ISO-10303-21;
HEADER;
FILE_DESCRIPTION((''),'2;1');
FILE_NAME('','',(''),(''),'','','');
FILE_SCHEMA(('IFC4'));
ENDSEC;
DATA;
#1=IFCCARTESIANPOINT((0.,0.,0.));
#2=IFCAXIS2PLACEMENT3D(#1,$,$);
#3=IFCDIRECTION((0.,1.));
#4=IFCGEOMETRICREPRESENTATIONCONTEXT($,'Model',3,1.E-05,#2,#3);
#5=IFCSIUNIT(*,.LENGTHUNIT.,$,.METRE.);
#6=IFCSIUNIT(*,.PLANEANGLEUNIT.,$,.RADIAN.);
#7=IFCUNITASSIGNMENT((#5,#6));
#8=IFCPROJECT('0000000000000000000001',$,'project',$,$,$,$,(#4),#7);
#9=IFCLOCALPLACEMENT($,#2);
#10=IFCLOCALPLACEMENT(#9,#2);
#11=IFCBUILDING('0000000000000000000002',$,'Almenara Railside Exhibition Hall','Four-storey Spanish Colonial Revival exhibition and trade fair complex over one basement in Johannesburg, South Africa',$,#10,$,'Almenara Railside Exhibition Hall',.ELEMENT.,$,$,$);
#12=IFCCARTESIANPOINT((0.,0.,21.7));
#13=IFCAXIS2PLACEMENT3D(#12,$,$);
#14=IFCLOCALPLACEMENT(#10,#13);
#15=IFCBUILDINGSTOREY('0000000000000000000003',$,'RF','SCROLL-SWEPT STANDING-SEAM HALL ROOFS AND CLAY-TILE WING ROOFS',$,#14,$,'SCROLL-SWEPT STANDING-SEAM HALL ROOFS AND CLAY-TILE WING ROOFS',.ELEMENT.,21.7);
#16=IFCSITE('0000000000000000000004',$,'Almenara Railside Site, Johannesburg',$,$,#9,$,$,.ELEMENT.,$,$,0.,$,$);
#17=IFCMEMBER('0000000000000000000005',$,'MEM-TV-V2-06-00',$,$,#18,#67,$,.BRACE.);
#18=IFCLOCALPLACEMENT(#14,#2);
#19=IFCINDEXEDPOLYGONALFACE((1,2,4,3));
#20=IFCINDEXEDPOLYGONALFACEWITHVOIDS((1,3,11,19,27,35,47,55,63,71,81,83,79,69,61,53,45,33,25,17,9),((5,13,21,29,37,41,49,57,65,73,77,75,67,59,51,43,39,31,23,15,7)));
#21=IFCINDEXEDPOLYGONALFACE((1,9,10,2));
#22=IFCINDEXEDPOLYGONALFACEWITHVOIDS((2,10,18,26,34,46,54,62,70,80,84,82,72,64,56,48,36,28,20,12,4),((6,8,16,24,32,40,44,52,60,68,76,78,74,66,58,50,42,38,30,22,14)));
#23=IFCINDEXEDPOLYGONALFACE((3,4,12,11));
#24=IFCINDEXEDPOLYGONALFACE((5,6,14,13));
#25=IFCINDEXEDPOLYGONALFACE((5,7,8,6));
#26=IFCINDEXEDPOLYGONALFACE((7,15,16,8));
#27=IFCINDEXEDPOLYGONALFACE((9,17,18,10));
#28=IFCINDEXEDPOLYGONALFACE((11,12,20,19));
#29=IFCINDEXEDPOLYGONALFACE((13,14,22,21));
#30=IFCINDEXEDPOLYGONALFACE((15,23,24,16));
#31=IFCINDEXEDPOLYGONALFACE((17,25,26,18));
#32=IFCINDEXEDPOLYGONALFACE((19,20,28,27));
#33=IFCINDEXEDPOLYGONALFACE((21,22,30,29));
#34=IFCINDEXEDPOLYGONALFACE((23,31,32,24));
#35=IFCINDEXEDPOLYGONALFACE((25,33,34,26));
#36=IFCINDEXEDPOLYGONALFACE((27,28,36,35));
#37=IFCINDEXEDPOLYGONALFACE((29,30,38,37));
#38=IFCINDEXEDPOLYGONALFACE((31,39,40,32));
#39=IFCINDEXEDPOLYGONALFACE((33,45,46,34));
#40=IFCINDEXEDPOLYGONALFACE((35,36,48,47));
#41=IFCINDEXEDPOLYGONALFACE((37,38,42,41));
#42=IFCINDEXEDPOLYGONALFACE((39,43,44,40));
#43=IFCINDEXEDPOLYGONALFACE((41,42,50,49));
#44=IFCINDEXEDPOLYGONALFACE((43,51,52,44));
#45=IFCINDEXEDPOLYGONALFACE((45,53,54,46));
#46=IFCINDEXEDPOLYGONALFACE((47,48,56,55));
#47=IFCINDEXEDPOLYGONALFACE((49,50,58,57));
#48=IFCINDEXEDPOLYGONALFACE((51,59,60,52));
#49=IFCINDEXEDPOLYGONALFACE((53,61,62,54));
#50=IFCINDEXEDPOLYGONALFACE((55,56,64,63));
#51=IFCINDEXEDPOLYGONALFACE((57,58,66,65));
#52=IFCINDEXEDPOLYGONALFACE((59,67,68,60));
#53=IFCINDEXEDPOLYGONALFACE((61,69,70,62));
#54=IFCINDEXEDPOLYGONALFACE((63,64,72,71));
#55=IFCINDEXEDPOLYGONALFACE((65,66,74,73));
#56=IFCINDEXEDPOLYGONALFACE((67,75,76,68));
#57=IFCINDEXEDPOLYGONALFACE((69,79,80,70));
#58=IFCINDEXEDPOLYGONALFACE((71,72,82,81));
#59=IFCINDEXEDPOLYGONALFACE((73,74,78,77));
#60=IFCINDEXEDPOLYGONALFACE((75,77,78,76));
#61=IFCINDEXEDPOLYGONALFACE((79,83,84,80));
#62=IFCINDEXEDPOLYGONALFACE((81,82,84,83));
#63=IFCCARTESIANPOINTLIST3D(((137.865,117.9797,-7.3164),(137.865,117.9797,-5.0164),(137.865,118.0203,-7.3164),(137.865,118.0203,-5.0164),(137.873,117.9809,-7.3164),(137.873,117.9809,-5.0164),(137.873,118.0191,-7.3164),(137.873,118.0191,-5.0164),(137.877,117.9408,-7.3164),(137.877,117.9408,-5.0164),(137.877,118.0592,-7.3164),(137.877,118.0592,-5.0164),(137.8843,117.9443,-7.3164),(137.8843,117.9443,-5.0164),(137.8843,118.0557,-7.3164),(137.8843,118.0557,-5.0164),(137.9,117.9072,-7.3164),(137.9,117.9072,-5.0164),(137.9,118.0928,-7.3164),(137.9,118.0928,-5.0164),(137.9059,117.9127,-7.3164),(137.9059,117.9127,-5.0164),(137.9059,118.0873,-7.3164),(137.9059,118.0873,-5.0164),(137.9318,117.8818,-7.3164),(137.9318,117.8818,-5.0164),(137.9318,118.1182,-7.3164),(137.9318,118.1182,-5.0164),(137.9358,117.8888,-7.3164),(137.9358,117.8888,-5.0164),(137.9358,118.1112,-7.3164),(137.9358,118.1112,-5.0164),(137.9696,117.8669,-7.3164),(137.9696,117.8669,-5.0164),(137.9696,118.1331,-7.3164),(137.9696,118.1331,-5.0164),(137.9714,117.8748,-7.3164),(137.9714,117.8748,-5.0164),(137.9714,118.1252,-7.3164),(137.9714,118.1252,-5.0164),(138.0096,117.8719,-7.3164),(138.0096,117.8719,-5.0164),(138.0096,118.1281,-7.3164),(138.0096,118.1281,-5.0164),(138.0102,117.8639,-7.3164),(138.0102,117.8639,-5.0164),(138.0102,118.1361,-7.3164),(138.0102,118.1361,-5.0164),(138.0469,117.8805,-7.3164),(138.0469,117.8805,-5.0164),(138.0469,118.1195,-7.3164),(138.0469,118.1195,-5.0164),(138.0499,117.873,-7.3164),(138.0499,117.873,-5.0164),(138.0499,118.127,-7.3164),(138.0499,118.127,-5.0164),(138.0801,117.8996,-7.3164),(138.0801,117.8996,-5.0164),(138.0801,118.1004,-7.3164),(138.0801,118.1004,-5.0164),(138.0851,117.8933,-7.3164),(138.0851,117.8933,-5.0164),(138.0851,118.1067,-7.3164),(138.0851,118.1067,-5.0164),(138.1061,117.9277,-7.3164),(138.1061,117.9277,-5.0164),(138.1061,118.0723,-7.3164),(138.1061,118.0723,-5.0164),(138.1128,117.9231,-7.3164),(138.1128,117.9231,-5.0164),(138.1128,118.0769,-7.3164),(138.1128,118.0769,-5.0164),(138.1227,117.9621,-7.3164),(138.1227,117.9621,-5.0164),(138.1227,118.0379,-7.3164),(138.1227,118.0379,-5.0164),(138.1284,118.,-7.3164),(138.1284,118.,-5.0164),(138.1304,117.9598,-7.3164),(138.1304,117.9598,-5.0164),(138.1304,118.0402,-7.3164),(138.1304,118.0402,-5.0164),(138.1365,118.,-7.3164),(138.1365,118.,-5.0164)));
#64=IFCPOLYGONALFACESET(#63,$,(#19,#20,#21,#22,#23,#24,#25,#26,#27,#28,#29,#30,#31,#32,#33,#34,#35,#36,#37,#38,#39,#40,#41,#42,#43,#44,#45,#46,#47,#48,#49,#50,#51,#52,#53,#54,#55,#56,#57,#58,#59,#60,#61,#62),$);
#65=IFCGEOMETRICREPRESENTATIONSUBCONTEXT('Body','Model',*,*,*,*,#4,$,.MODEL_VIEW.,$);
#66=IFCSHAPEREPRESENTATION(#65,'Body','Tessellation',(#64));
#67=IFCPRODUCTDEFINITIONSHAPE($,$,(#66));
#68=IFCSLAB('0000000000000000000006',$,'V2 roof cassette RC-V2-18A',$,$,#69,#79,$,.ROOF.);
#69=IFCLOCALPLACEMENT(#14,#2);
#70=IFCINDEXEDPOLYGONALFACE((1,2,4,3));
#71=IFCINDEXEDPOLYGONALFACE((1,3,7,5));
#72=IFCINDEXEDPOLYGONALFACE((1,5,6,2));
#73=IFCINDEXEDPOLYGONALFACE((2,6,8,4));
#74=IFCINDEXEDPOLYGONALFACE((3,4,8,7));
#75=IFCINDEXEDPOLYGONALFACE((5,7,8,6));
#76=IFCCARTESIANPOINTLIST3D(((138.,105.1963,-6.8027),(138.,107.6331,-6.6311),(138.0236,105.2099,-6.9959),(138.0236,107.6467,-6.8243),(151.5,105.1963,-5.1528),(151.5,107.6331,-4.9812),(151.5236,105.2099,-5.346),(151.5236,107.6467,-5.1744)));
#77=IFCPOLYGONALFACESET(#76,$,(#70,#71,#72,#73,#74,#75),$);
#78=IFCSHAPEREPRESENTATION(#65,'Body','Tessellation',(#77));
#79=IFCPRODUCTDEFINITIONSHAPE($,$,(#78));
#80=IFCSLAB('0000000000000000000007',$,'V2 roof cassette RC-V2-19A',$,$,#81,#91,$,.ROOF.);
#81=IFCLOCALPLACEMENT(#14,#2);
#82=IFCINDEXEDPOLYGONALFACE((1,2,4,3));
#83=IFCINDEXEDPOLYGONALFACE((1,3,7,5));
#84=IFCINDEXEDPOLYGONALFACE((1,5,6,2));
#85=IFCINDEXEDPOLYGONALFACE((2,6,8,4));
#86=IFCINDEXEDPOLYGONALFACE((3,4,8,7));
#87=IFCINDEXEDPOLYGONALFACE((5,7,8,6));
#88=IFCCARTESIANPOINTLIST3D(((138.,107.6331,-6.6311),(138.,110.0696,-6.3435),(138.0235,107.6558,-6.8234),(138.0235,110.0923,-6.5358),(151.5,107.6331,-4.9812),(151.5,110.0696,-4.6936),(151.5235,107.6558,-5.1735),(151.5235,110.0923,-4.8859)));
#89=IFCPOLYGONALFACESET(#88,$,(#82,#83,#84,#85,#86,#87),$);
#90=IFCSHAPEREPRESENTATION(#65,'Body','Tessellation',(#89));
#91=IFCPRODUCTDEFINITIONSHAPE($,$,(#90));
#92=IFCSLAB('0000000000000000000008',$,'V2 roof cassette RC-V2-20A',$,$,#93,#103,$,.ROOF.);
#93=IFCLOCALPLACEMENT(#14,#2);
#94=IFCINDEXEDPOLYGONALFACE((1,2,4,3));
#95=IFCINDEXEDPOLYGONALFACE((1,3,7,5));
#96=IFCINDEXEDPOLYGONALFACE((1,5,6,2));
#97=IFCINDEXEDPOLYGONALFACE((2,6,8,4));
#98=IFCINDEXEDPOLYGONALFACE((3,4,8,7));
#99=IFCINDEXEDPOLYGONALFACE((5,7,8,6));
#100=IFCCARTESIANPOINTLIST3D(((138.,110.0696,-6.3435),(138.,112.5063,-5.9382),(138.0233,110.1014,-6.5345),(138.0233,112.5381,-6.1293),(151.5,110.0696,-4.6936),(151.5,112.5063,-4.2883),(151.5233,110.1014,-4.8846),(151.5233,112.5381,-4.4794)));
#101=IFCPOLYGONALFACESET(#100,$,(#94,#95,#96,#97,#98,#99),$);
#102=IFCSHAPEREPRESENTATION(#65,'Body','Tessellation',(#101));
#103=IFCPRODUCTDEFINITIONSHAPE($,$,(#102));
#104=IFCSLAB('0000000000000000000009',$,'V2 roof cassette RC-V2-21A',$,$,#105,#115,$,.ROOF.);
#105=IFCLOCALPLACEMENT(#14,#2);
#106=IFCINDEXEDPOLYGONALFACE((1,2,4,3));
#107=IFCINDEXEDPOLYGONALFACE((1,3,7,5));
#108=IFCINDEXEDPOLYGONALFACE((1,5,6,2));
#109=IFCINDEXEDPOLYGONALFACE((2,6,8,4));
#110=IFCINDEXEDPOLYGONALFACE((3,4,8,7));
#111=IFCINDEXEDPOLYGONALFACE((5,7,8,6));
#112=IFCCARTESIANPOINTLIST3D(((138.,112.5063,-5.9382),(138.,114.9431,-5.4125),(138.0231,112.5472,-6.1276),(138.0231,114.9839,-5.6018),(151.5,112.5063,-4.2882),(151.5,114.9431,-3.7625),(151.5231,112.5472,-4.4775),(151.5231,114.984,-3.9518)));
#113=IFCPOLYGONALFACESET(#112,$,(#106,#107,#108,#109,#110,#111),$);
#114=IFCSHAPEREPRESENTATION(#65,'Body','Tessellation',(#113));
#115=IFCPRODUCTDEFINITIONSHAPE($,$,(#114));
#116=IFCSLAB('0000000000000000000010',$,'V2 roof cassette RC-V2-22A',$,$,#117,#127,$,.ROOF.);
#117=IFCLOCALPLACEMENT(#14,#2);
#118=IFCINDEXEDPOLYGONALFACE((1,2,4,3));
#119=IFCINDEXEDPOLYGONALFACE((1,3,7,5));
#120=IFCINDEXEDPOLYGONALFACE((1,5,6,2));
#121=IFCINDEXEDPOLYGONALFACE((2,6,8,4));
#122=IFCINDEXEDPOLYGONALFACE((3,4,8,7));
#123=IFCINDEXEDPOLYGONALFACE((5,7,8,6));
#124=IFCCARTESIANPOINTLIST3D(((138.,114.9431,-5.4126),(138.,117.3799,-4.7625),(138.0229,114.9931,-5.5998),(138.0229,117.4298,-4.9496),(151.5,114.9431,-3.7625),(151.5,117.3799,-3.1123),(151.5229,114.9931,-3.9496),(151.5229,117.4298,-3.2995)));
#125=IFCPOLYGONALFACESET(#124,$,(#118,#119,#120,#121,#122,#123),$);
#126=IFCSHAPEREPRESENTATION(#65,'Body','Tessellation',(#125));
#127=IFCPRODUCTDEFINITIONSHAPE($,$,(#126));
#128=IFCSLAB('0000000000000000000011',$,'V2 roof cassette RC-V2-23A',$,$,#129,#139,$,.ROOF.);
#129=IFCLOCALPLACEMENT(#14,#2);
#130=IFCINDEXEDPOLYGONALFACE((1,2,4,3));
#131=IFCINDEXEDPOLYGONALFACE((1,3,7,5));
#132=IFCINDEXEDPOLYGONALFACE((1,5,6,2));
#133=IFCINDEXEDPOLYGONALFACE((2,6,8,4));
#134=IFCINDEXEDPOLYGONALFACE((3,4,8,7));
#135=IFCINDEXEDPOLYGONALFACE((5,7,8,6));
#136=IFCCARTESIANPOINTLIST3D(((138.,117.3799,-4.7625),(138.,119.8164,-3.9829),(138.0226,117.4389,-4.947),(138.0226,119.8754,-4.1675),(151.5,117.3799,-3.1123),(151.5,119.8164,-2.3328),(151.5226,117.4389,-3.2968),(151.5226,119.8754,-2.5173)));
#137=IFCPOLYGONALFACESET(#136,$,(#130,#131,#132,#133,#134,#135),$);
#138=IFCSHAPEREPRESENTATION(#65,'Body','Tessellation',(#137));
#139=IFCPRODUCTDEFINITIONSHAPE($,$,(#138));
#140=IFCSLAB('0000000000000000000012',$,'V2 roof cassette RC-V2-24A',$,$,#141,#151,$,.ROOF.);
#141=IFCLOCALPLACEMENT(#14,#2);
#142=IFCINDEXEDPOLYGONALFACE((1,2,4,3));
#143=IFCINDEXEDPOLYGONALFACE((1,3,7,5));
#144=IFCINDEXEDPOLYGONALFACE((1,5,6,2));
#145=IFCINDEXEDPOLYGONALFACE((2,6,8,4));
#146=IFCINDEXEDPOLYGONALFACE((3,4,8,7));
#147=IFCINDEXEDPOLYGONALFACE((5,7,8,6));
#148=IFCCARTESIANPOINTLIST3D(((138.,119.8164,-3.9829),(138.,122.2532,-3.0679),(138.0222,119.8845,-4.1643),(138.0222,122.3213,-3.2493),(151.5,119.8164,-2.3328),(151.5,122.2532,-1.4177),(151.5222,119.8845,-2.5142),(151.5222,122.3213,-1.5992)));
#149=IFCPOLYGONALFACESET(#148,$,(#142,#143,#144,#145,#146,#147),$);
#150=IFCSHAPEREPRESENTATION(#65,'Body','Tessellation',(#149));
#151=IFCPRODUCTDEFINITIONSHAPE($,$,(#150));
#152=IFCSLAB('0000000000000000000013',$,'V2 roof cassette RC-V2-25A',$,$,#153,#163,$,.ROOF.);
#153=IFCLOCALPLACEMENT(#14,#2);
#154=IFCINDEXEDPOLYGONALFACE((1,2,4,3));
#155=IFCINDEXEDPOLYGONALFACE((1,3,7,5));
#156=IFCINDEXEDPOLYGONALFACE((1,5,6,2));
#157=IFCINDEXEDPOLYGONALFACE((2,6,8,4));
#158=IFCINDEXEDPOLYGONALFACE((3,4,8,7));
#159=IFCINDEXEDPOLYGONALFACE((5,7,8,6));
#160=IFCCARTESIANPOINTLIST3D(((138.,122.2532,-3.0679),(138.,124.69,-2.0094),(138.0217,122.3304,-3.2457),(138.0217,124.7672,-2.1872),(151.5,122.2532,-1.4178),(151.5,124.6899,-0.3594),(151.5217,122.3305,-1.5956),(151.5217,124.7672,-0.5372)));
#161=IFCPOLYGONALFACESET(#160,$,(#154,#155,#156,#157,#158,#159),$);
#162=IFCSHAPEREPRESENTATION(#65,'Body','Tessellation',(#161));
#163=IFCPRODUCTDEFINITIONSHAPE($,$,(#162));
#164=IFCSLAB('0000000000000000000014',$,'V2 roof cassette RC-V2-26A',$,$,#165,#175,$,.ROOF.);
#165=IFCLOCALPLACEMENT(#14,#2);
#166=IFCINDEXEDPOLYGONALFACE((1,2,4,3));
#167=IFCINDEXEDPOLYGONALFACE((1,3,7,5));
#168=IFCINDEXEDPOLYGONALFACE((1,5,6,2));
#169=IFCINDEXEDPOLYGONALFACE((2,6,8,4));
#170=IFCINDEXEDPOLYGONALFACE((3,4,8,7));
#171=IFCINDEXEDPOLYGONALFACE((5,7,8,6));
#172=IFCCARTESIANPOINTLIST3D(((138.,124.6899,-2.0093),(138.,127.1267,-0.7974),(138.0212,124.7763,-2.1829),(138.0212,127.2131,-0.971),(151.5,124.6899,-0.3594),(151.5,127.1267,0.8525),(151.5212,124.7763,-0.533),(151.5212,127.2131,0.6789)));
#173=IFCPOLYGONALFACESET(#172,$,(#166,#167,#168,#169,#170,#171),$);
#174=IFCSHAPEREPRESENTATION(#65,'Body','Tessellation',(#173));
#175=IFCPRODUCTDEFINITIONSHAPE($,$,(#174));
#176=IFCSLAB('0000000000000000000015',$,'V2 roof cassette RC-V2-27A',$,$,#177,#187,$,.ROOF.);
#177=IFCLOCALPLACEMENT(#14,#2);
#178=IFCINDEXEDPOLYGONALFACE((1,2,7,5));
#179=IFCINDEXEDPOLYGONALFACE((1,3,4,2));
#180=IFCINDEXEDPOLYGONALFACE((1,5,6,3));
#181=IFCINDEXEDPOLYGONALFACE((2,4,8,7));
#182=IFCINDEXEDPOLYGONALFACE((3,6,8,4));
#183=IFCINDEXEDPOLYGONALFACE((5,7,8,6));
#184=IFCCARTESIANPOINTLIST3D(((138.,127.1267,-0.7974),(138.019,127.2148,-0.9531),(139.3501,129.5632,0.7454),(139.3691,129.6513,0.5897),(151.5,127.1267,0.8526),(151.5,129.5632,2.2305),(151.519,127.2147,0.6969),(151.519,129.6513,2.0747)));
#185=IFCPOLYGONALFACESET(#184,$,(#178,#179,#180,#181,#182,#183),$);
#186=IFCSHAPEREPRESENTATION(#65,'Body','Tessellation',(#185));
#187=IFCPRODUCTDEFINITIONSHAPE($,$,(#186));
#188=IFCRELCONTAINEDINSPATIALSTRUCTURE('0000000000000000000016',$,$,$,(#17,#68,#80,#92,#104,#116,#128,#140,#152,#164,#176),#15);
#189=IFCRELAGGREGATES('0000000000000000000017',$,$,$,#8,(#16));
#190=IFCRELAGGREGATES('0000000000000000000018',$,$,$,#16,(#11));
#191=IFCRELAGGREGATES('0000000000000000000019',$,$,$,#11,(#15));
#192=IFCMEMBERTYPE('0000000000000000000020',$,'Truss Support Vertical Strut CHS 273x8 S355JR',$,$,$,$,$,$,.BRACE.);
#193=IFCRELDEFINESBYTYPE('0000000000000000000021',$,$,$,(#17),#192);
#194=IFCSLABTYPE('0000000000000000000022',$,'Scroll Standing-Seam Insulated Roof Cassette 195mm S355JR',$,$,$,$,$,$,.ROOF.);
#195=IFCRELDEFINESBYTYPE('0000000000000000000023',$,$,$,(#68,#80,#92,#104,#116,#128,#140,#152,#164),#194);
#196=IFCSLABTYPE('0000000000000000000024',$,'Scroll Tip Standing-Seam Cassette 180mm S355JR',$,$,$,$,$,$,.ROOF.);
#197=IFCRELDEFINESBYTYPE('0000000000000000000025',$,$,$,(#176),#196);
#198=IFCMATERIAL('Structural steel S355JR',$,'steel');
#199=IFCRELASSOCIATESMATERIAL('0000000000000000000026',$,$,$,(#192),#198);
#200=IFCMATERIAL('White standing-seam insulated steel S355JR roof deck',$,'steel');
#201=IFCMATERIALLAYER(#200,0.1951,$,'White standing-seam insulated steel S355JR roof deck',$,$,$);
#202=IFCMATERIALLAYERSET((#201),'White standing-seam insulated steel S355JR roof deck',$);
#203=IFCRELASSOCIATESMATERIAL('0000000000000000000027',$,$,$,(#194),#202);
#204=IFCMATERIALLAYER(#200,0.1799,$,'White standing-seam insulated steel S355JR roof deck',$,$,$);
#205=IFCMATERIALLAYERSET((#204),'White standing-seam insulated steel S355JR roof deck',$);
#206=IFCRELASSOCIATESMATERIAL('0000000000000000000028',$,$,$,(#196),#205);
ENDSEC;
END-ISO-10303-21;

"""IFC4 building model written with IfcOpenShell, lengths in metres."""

from ifc_helpers import new_model, si_unit, direction, frame, origin, origin_2d, place, context, subcontext, project, spatial, polyline, hollow_circle, outline, extrude, material, layer, layer_set, material_profile, profile_set, type_object, element, save


model = new_model("IFC4")

# Units and contexts
model_context = context("Model", 3, precision=1e-05, world=origin(), true_north=direction((0.0, 1.0)))
body_context = subcontext(model_context, "Body", "Model", "MODEL_VIEW")
ifc_project = project(units=[si_unit("LENGTHUNIT", "METRE"), si_unit("PLANEANGLEUNIT", "RADIAN")], contexts=[model_context])

# Site, building, storey
site_placement = place(None, origin())
site = spatial("IfcSite", under=ifc_project, at=site_placement, Name="Almenara Railside Site, Johannesburg", CompositionType="ELEMENT", RefElevation=0.0)
building_placement = place(site_placement, origin())
building = spatial("IfcBuilding", under=site, at=building_placement, Name="Almenara Railside Exhibition Hall", Description="Four-storey Spanish Colonial Revival exhibition and trade fair complex over one basement in Johannesburg, South Africa", LongName="Almenara Railside Exhibition Hall", CompositionType="ELEMENT")
storey_placement = place(building_placement, frame((0.0, 0.0, 21.7)))
storey = spatial("IfcBuildingStorey", under=building, at=storey_placement, Name="RF", Description="SCROLL-SWEPT STANDING-SEAM HALL ROOFS AND CLAY-TILE WING ROOFS", LongName="SCROLL-SWEPT STANDING-SEAM HALL ROOFS AND CLAY-TILE WING ROOFS", CompositionType="ELEMENT", Elevation=21.7)

# Shared definitions
ifc_material_1 = material(Name="Structural steel S355JR", Category="steel")

# Member
ifc_material_profile_1 = material_profile(ifc_material_1, hollow_circle(Radius=0.1365, WallThickness=0.0081, at=origin_2d()), Name="CHS 273x8")
ifc_profile_set_1 = profile_set([ifc_material_profile_1], Name="Structural steel S355JR")
member_type_1 = type_object("IfcMemberType", Name="Truss Support Vertical Strut CHS 273x8 S355JR", PredefinedType="BRACE", material=ifc_profile_set_1)
for number, where, z_axis, x_axis, name in (
    (1, (138.0, 118.0, -7.3164), (0.0, 0.0, 1.0), (1.0, 0.0, 0.0), "MEM-TV-V2-06-00"),
):
    element("IfcMember", number, at=place(storey_placement, frame(where, z_axis=z_axis, x_axis=x_axis)), inside=storey, type_object=member_type_1, Name=name, PredefinedType="BRACE", context=body_context, shape_type="SweptSolid", body=[
        extrude(hollow_circle(Radius=0.1365, WallThickness=0.0081, at=origin_2d()), origin(), (0.0, 0.0, 1.0), 2.3),
    ])

# Slabs
ifc_material_2 = material(Name="White standing-seam insulated steel S355JR roof deck", Category="steel")
ifc_layer_1 = layer(ifc_material_2, 0.1951, Name="White standing-seam insulated steel S355JR roof deck")
ifc_layer_set_1 = layer_set([ifc_layer_1], Name="White standing-seam insulated steel S355JR roof deck")
slab_type_1 = type_object("IfcSlabType", Name="Scroll Standing-Seam Insulated Roof Cassette 195mm S355JR", PredefinedType="ROOF", material=ifc_layer_set_1)
slab_1_placement = place(storey_placement, frame((138.0, 105.1963, -6.8027), z_axis=(-0.121017, -0.069743, 0.990197), x_axis=(0.992614, 0.0, 0.121312)))
element("IfcSlab", 2, at=slab_1_placement, inside=storey, type_object=slab_type_1, Name="V2 roof cassette RC-V2-18A", PredefinedType="ROOF", context=body_context, shape_type="SweptSolid", body=[
    extrude(outline(polyline([(0.0, 0.0), (13.6004, 0.0), (13.6213, 2.4427), (0.0208, 2.4427), (0.0, 0.0)])), origin(), (0.0, 0.0, -1.0), 0.1951),
])
slab_2_placement = place(storey_placement, frame((138.0, 107.6331, -6.6311), z_axis=(-0.120488, -0.116368, 0.985871), x_axis=(0.992614, 0.0, 0.121312)))
element("IfcSlab", 3, at=slab_2_placement, inside=storey, type_object=slab_type_1, Name="V2 roof cassette RC-V2-19A", PredefinedType="ROOF", context=body_context, shape_type="SweptSolid", body=[
    extrude(outline(polyline([(0.0, 0.0), (13.6004, 0.0), (13.6353, 2.4532), (0.0349, 2.4532), (0.0, 0.0)])), origin(), (0.0, 0.0, -1.0), 0.1951),
])
slab_3_placement = place(storey_placement, frame((138.0, 110.0696, -6.3435), z_axis=(-0.119692, -0.162883, 0.979358), x_axis=(0.992614, 0.0, 0.121312)))
element("IfcSlab", 4, at=slab_3_placement, inside=storey, type_object=slab_type_1, Name="V2 roof cassette RC-V2-20A", PredefinedType="ROOF", context=body_context, shape_type="SweptSolid", body=[
    extrude(outline(polyline([(0.0, 0.0), (13.6004, 0.0), (13.6496, 2.4698), (0.0492, 2.4698), (0.0, 0.0)])), origin(), (0.0, 0.0, -1.0), 0.1951),
])
slab_4_placement = place(storey_placement, frame((138.0, 112.5063, -5.9382), z_axis=(-0.118631, -0.209417, 0.970603), x_axis=(0.992613, -0.000002, 0.121321)))
element("IfcSlab", 5, at=slab_4_placement, inside=storey, type_object=slab_type_1, Name="V2 roof cassette RC-V2-21A", PredefinedType="ROOF", context=body_context, shape_type="SweptSolid", body=[
    extrude(outline(polyline([(0.0, 0.0), (13.6004, 0.0), (13.6642, 2.4921), (0.0638, 2.492), (0.0, 0.0)])), origin(), (0.0, 0.0, -1.0), 0.1951),
])
slab_5_placement = place(storey_placement, frame((138.0, 114.9431, -5.4126), z_axis=(-0.117287, -0.25601, 0.959533), x_axis=(0.992612, 0.0, 0.12133)))
element("IfcSlab", 6, at=slab_5_placement, inside=storey, type_object=slab_type_1, Name="V2 roof cassette RC-V2-22A", PredefinedType="ROOF", context=body_context, shape_type="SweptSolid", body=[
    extrude(outline(polyline([(0.0, 0.0), (13.6005, 0.0), (13.6794, 2.5208), (0.0789, 2.5208), (0.0, 0.0)])), origin(), (0.0, 0.0, -1.0), 0.1951),
])
slab_6_placement = place(storey_placement, frame((138.0, 117.3799, -4.7625), z_axis=(-0.115639, -0.302679, 0.946051), x_axis=(0.992612, 0.0, 0.12133)))
element("IfcSlab", 7, at=slab_6_placement, inside=storey, type_object=slab_type_1, Name="V2 roof cassette RC-V2-23A", PredefinedType="ROOF", context=body_context, shape_type="SweptSolid", body=[
    extrude(outline(polyline([(0.0, 0.0), (13.6005, 0.0), (13.6951, 2.5564), (0.0946, 2.5564), (0.0, 0.0)])), origin(), (0.0, 0.0, -1.0), 0.1951),
])
slab_7_placement = place(storey_placement, frame((138.0, 119.8164, -3.9829), z_axis=(-0.113689, -0.349266, 0.930101), x_axis=(0.992612, 0.0, 0.12133)))
element("IfcSlab", 8, at=slab_7_placement, inside=storey, type_object=slab_type_1, Name="V2 roof cassette RC-V2-24A", PredefinedType="ROOF", context=body_context, shape_type="SweptSolid", body=[
    extrude(outline(polyline([(0.0, 0.0), (13.6005, 0.0), (13.7115, 2.6005), (0.111, 2.6005), (0.0, 0.0)])), origin(), (0.0, 0.0, -1.0), 0.1951),
])
slab_8_placement = place(storey_placement, frame((138.0, 122.2532, -3.0679), z_axis=(-0.111407, -0.395932, 0.911497), x_axis=(0.992613, 0.000003, 0.121323)))
element("IfcSlab", 9, at=slab_8_placement, inside=storey, type_object=slab_type_1, Name="V2 roof cassette RC-V2-25A", PredefinedType="ROOF", context=body_context, shape_type="SweptSolid", body=[
    extrude(outline(polyline([(0.0, 0.0), (13.6005, 0.0), (13.7289, 2.6536), (0.1284, 2.6537), (0.0, 0.0)])), origin(), (0.0, 0.0, -1.0), 0.1951),
])
slab_9_placement = place(storey_placement, frame((138.0, 124.6899, -2.0093), z_axis=(-0.108779, -0.442668, 0.890063), x_axis=(0.992614, 0.0, 0.121312)))
element("IfcSlab", 10, at=slab_9_placement, inside=storey, type_object=slab_type_1, Name="V2 roof cassette RC-V2-26A", PredefinedType="ROOF", context=body_context, shape_type="SweptSolid", body=[
    extrude(outline(polyline([(0.0, 0.0), (13.6004, 0.0), (13.7475, 2.7175), (0.147, 2.7175), (0.0, 0.0)])), origin(), (0.0, 0.0, -1.0), 0.1951),
])
ifc_layer_2 = layer(ifc_material_2, 0.1799, Name="White standing-seam insulated steel S355JR roof deck")
ifc_layer_set_2 = layer_set([ifc_layer_2], Name="White standing-seam insulated steel S355JR roof deck")
slab_type_2 = type_object("IfcSlabType", Name="Scroll Tip Standing-Seam Cassette 180mm S355JR", PredefinedType="ROOF", material=ifc_layer_set_2)
slab_10_placement = place(storey_placement, frame((138.0, 127.1267, -0.7974), z_axis=(-0.105794, -0.489472, 0.865578), x_axis=(0.992614, -0.000003, 0.121318)))
element("IfcSlab", 11, at=slab_10_placement, inside=storey, type_object=slab_type_2, Name="V2 roof cassette RC-V2-27A", PredefinedType="ROOF", context=body_context, shape_type="SweptSolid", body=[
    extrude(outline(polyline([(0.0, 0.0), (13.6004, 0.0), (13.7676, 2.7942), (1.5273, 2.7941), (0.0, 0.0)])), origin(), (0.0, 0.0, -1.0), 0.1799),
])

save(model, "model.ifc")
